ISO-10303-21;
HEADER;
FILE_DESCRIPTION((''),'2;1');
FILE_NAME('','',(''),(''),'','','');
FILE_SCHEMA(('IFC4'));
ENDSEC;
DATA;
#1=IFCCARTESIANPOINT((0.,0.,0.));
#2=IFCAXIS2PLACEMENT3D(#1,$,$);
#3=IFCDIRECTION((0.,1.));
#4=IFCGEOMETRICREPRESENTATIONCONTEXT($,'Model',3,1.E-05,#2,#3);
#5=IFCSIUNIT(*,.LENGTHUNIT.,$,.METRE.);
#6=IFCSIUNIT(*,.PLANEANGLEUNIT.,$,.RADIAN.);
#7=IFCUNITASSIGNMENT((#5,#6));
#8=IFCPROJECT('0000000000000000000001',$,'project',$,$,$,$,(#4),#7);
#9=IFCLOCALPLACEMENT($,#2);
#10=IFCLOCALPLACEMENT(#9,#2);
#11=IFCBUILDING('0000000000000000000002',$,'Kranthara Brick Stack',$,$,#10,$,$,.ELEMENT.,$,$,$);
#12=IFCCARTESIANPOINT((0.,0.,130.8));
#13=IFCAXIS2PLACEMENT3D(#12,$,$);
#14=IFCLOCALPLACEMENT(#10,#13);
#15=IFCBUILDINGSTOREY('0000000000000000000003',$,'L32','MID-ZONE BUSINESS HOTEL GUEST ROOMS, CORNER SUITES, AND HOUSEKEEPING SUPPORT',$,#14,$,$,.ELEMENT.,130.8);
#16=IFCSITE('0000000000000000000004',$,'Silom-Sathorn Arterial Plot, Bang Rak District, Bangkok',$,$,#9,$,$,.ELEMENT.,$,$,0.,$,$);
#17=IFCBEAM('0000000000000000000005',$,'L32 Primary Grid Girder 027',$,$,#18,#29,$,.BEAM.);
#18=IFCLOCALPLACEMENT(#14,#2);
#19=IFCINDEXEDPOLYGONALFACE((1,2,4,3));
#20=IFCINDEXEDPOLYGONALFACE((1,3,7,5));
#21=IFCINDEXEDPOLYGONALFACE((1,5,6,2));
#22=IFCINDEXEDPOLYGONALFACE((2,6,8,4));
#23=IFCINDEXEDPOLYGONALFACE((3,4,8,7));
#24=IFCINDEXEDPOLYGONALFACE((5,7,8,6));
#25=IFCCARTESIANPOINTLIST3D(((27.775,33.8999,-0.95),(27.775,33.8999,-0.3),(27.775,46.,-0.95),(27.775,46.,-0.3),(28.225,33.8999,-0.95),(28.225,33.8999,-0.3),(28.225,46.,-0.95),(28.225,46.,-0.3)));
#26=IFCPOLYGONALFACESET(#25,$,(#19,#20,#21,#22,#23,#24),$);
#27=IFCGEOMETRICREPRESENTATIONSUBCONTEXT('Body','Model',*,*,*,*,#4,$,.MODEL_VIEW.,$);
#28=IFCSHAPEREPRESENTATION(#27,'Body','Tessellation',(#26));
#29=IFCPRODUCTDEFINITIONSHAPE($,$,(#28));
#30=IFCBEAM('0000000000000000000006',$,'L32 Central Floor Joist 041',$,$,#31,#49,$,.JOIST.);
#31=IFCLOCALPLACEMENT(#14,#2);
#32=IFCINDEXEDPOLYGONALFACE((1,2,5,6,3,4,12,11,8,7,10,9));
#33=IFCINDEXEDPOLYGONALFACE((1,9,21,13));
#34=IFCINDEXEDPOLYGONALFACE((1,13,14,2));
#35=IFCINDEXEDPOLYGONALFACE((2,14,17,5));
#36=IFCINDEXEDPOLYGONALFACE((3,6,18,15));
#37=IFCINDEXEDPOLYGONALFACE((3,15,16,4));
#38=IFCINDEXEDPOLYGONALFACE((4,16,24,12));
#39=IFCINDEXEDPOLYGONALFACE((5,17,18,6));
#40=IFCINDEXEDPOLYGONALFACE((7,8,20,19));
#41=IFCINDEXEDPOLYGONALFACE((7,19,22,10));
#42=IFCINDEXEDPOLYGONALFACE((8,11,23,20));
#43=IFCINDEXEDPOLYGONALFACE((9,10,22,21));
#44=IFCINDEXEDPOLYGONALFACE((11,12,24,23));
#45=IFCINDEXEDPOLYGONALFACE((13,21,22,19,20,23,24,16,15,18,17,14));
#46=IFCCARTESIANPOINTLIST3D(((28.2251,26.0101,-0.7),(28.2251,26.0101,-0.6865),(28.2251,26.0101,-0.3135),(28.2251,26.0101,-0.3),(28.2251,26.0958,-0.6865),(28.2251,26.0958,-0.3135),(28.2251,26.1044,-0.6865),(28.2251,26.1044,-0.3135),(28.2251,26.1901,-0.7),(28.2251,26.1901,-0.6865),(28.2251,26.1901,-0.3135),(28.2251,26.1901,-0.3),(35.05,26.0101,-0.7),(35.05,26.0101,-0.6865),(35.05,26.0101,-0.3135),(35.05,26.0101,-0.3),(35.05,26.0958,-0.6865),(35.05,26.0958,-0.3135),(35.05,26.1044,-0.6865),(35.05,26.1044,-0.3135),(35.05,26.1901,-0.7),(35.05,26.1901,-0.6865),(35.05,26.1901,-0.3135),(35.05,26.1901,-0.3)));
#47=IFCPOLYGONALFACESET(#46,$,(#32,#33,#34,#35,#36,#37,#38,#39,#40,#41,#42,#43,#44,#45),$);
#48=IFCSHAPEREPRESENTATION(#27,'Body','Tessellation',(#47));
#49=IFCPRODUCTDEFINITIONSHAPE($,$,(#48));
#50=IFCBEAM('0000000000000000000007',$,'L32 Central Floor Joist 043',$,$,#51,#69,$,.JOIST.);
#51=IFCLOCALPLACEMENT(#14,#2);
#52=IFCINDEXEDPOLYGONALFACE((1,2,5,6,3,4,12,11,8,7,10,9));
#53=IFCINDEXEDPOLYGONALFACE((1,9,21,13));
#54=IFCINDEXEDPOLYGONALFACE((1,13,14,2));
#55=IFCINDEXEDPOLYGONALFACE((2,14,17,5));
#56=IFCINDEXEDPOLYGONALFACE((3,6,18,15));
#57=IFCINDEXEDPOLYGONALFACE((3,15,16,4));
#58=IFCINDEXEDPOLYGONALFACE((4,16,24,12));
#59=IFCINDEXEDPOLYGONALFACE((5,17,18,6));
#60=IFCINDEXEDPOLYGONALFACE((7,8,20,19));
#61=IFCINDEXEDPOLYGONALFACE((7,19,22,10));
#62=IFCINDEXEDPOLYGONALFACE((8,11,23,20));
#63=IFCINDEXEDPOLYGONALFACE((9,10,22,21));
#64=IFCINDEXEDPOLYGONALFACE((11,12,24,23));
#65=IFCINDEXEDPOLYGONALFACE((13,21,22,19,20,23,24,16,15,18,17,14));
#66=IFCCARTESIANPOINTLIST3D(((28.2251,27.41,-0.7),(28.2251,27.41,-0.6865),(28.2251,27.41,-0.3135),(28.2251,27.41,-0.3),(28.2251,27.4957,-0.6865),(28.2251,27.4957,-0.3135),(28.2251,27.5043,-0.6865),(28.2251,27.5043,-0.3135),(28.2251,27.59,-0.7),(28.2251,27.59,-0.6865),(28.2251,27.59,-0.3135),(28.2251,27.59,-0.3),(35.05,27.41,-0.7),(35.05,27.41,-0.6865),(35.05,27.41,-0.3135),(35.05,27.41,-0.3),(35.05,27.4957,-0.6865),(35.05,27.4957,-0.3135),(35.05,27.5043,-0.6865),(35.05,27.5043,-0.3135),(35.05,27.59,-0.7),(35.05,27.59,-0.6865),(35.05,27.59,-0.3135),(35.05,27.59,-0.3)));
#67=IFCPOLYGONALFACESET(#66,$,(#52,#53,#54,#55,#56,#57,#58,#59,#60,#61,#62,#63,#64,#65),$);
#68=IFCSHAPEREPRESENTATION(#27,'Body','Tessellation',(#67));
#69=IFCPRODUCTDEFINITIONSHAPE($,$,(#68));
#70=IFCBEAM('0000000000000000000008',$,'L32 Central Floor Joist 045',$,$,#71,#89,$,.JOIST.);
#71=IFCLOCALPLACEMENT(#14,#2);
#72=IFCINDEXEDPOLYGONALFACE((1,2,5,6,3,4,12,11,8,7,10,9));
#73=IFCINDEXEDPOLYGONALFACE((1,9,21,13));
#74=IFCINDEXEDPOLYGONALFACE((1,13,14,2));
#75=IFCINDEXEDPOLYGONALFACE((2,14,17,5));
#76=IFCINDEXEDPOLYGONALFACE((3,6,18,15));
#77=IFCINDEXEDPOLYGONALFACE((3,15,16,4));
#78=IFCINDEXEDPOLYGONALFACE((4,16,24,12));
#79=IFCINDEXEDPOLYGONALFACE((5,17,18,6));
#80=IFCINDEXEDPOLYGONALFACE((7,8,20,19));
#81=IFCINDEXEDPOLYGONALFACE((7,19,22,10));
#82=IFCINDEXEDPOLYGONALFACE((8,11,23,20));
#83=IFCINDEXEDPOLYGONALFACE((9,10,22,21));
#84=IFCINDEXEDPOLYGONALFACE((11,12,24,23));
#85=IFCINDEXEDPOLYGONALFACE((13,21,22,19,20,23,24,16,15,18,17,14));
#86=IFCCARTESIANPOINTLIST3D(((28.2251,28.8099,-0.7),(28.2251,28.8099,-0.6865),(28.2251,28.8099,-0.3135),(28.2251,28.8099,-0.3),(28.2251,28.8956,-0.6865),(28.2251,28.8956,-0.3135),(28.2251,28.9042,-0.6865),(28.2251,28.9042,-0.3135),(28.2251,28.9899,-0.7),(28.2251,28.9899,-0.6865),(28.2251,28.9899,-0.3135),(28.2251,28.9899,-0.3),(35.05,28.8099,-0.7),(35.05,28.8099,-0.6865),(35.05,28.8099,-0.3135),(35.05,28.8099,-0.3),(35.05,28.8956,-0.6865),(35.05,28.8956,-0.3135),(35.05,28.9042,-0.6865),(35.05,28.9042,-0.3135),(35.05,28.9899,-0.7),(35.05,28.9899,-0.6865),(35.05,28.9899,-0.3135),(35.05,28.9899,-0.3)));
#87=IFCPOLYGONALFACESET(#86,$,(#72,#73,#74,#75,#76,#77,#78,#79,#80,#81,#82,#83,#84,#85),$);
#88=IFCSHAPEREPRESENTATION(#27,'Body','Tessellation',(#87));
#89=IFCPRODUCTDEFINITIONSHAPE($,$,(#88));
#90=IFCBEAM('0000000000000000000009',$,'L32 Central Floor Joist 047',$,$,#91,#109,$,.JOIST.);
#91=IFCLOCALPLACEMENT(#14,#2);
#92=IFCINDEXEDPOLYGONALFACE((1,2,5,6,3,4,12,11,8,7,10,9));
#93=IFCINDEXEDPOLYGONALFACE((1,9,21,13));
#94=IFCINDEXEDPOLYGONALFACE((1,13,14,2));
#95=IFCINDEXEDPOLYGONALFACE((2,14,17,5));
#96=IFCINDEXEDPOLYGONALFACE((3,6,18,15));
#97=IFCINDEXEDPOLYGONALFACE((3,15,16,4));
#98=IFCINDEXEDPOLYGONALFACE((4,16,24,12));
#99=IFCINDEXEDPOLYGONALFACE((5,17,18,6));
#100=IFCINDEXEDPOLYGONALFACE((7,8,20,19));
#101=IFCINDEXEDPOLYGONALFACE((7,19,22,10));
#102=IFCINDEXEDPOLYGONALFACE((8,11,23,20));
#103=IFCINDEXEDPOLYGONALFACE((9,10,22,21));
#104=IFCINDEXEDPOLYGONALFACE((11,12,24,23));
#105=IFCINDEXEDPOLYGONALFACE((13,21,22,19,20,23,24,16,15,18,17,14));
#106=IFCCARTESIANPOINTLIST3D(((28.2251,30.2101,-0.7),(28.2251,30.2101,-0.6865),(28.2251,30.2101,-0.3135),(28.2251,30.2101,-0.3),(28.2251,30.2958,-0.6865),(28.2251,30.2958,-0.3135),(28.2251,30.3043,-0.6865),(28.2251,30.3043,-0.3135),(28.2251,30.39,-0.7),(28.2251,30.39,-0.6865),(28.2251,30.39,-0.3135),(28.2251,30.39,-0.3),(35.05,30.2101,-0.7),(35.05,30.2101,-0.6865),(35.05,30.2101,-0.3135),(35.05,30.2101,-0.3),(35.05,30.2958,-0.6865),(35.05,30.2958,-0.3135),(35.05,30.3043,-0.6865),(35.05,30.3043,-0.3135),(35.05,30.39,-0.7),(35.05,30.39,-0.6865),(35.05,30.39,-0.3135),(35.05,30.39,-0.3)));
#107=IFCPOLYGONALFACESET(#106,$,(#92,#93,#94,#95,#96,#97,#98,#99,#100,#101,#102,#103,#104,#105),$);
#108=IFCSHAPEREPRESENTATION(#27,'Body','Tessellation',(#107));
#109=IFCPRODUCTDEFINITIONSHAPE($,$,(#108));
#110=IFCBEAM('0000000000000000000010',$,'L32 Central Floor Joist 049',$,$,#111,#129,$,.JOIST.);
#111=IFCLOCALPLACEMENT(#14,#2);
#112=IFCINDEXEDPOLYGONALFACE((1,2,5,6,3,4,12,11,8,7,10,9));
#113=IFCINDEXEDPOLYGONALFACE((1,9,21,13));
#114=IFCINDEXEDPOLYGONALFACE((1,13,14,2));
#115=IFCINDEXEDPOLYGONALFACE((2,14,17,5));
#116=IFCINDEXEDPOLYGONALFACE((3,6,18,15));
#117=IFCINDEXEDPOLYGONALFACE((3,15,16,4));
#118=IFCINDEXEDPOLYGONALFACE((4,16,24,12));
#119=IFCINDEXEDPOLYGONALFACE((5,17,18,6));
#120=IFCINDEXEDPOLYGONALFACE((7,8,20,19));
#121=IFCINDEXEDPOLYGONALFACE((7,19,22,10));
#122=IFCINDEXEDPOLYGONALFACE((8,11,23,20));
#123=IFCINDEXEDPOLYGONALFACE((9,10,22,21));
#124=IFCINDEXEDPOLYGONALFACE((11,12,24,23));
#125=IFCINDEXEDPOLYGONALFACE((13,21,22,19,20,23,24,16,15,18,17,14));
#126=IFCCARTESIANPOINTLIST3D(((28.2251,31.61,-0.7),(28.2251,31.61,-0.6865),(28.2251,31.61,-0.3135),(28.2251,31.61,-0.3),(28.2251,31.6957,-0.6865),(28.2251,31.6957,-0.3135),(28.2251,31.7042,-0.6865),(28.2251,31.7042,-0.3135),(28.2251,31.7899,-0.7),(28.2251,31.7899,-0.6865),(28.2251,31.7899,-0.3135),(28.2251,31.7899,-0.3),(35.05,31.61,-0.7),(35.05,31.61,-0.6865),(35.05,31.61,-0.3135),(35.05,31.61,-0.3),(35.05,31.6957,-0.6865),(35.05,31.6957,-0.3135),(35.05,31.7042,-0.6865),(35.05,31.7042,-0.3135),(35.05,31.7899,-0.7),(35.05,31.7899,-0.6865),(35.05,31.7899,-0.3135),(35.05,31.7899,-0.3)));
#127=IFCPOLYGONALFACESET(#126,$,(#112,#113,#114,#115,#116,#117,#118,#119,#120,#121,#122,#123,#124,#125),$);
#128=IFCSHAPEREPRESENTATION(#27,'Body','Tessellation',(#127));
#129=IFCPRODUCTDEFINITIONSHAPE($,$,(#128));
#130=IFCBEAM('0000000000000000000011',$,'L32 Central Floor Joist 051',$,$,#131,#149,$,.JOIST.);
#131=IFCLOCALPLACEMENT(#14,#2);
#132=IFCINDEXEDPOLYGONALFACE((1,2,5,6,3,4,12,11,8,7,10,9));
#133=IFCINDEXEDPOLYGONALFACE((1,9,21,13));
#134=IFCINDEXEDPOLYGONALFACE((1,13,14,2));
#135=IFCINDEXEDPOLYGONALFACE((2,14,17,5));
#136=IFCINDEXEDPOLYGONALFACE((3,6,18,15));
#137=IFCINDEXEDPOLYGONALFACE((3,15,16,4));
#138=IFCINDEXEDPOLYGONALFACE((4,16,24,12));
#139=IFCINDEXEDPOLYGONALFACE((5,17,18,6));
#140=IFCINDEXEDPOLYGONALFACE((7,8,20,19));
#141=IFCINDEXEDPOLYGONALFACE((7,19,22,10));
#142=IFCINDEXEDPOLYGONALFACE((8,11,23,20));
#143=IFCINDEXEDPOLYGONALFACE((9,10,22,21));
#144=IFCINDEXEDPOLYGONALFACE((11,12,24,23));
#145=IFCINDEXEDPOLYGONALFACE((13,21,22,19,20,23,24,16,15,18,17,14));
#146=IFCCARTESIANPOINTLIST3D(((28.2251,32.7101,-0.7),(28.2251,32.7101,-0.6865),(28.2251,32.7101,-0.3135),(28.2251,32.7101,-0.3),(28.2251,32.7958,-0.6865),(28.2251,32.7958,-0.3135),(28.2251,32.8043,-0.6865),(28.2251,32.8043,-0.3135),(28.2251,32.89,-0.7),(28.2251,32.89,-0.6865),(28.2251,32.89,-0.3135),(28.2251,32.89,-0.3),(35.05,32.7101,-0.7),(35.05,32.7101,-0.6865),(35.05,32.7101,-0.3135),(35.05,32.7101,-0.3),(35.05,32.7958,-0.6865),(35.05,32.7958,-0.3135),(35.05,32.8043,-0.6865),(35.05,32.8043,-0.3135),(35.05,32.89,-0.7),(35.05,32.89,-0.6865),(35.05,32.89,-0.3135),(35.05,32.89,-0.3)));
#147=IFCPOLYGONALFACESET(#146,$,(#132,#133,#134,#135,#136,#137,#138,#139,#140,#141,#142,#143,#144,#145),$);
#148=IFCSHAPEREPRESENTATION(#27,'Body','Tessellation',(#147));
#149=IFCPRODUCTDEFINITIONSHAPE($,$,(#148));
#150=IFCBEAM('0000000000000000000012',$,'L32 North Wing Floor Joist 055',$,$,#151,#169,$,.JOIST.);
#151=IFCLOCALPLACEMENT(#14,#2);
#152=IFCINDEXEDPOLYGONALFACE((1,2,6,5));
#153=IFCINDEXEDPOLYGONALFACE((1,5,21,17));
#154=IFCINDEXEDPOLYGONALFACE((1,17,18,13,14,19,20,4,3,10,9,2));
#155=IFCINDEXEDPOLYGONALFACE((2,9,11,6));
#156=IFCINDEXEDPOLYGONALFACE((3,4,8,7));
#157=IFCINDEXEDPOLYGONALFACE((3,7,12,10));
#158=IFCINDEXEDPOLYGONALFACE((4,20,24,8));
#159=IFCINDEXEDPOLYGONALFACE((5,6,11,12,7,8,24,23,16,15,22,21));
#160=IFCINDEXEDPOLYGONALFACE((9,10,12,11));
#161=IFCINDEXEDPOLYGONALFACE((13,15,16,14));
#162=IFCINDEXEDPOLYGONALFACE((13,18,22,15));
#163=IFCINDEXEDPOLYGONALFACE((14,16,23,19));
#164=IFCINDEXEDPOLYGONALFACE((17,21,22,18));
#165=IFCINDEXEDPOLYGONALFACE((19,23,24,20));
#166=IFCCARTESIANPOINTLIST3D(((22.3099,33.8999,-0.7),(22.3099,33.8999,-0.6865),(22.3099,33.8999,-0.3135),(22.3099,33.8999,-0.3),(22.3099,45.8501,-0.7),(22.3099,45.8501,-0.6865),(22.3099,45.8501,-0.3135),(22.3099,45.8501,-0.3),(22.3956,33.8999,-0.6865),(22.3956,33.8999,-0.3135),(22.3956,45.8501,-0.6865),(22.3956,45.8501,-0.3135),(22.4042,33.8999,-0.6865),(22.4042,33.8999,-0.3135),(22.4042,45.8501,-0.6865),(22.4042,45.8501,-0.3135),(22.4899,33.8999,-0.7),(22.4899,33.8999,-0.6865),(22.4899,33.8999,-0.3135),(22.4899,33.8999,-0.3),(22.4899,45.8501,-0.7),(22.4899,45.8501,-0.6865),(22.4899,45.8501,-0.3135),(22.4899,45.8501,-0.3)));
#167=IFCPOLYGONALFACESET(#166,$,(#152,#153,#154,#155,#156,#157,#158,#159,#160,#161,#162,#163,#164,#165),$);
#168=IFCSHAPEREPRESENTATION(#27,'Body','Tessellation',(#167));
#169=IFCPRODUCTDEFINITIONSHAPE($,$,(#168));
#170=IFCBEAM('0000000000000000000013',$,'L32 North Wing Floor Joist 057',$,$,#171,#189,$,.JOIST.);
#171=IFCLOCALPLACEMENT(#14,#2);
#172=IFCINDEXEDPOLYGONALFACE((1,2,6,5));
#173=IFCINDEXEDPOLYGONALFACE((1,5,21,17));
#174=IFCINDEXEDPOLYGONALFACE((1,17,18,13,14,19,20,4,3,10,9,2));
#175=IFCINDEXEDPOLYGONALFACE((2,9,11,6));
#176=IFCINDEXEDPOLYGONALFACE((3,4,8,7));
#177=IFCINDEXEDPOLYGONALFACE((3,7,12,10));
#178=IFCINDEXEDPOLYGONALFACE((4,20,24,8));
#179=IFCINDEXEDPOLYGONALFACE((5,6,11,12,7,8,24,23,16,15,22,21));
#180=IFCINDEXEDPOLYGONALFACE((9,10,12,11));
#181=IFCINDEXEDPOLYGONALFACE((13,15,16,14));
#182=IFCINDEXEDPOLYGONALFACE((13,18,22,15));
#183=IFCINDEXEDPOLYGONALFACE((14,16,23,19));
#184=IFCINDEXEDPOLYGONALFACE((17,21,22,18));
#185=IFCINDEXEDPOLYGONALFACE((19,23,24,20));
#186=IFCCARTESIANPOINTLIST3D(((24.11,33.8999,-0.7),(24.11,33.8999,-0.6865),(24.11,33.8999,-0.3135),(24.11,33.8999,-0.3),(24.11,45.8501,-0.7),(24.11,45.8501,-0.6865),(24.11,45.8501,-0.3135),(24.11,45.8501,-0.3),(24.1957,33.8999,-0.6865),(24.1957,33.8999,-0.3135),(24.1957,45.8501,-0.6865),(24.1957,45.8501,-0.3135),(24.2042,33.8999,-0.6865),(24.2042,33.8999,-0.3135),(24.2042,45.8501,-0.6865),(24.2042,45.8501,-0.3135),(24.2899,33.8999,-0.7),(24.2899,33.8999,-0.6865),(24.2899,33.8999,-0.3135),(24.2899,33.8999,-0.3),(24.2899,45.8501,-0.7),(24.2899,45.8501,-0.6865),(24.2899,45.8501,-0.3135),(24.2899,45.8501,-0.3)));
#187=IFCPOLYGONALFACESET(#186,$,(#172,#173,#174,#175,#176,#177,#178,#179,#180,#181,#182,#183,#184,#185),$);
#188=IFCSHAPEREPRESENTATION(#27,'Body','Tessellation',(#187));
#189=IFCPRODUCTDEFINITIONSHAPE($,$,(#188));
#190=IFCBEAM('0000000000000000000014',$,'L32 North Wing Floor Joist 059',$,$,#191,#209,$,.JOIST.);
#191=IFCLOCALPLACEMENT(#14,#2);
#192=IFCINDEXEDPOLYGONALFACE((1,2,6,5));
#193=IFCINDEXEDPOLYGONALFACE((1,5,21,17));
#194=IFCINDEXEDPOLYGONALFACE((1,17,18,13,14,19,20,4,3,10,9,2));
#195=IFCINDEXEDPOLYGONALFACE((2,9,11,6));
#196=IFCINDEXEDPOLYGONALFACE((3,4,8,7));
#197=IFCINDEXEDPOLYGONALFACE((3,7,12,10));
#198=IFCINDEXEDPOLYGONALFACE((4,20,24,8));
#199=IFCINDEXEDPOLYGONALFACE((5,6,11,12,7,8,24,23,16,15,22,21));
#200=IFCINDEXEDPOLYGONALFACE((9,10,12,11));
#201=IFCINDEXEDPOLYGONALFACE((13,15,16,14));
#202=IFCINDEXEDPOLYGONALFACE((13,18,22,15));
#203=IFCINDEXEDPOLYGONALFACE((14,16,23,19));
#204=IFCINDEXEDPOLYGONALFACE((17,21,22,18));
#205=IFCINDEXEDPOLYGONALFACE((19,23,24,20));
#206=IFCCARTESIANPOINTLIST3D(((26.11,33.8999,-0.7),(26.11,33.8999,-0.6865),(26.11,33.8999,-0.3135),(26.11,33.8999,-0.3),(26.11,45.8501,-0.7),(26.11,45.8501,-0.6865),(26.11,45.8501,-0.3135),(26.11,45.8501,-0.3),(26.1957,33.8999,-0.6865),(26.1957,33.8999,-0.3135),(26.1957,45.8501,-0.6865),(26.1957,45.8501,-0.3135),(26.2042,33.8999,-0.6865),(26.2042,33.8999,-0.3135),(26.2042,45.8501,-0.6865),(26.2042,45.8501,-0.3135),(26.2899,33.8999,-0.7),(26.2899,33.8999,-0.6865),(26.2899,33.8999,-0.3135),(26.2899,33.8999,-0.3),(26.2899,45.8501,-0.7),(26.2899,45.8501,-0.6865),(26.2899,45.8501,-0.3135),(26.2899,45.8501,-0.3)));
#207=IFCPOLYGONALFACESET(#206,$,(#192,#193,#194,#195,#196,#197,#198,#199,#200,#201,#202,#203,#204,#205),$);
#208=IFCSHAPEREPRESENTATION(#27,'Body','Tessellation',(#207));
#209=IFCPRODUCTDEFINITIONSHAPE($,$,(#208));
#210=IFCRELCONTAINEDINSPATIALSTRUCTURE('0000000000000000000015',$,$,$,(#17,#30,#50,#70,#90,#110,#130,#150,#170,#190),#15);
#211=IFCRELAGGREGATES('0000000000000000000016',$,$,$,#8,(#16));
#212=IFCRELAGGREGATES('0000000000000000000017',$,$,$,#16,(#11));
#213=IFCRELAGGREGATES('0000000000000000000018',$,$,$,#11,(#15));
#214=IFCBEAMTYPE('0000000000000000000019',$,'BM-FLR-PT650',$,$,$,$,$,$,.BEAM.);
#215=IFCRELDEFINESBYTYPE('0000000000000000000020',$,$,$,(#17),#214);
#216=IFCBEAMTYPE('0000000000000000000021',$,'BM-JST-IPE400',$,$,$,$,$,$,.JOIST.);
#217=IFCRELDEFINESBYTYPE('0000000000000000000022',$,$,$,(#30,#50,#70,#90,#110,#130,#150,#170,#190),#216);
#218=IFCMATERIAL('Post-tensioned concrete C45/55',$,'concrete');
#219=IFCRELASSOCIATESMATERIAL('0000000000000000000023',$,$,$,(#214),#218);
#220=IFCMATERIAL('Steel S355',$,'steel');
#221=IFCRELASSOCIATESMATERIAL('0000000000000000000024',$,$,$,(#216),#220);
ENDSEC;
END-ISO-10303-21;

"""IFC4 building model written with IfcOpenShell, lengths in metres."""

from ifc_helpers import new_model, si_unit, direction, frame, origin, origin_2d, place, context, subcontext, project, spatial, rectangle, i_section, extrude, material, material_profile, profile_set, type_object, element, save


model = new_model("IFC4")

# Units and contexts
model_context = context("Model", 3, precision=1e-05, world=origin(), true_north=direction((0.0, 1.0)))
body_context = subcontext(model_context, "Body", "Model", "MODEL_VIEW")
ifc_project = project(units=[si_unit("LENGTHUNIT", "METRE"), si_unit("PLANEANGLEUNIT", "RADIAN")], contexts=[model_context])

# Site, building, storey
site_placement = place(None, origin())
site = spatial("IfcSite", under=ifc_project, at=site_placement, Name="Silom-Sathorn Arterial Plot, Bang Rak District, Bangkok", CompositionType="ELEMENT", RefElevation=0.0)
building_placement = place(site_placement, origin())
building = spatial("IfcBuilding", under=site, at=building_placement, Name="Kranthara Brick Stack", CompositionType="ELEMENT")
storey_placement = place(building_placement, frame((0.0, 0.0, 130.8)))
storey = spatial("IfcBuildingStorey", under=building, at=storey_placement, Name="L32", Description="MID-ZONE BUSINESS HOTEL GUEST ROOMS, CORNER SUITES, AND HOUSEKEEPING SUPPORT", CompositionType="ELEMENT", Elevation=130.8)

# Beams
ifc_material_1 = material(Name="Post-tensioned concrete C45/55", Category="concrete")
ifc_material_profile_1 = material_profile(ifc_material_1, rectangle(XDim=0.45, YDim=0.6499, at=origin_2d()), Name="PT 450x650")
ifc_profile_set_1 = profile_set([ifc_material_profile_1], Name="Post-tensioned concrete C45/55")
beam_type_1 = type_object("IfcBeamType", Name="BM-FLR-PT650", PredefinedType="BEAM", material=ifc_profile_set_1)
beam_placement = place(storey_placement, frame((28.0, 33.8999, -0.625), z_axis=(0.0, 1.0, 0.0), x_axis=(-1.0, 0.0, 0.0)))
element("IfcBeam", 1, at=beam_placement, inside=storey, type_object=beam_type_1, Name="L32 Primary Grid Girder 027", PredefinedType="BEAM", context=body_context, shape_type="SweptSolid", body=[
    extrude(rectangle(XDim=0.45, YDim=0.6499, at=origin_2d()), origin(), (0.0, 0.0, 1.0), 12.1001),
])
ifc_material_2 = material(Name="Steel S355", Category="steel")
ifc_material_profile_2 = material_profile(ifc_material_2, i_section(OverallWidth=0.1799, OverallDepth=0.3999, WebThickness=0.0085, FlangeThickness=0.0134, at=origin_2d()), Name="IPE 400")
ifc_profile_set_2 = profile_set([ifc_material_profile_2], Name="Steel S355")
beam_type_2 = type_object("IfcBeamType", Name="BM-JST-IPE400", PredefinedType="JOIST", material=ifc_profile_set_2)
for number, where, z_axis, x_axis, name in (
    (2, (28.2251, 26.1001, -0.5), (1.0, 0.0, 0.0), (0.0, 1.0, 0.0), "L32 Central Floor Joist 041"),
    (3, (28.2251, 27.5, -0.5), (1.0, 0.0, 0.0), (0.0, 1.0, 0.0), "L32 Central Floor Joist 043"),
    (4, (28.2251, 28.8999, -0.5), (1.0, 0.0, 0.0), (0.0, 1.0, 0.0), "L32 Central Floor Joist 045"),
    (5, (28.2251, 30.3, -0.5), (1.0, 0.0, 0.0), (0.0, 1.0, 0.0), "L32 Central Floor Joist 047"),
    (6, (28.2251, 31.7, -0.5), (1.0, 0.0, 0.0), (0.0, 1.0, 0.0), "L32 Central Floor Joist 049"),
    (7, (28.2251, 32.8, -0.5), (1.0, 0.0, 0.0), (0.0, 1.0, 0.0), "L32 Central Floor Joist 051"),
):
    element("IfcBeam", number, at=place(storey_placement, frame(where, z_axis=z_axis, x_axis=x_axis)), inside=storey, type_object=beam_type_2, Name=name, PredefinedType="JOIST", context=body_context, shape_type="SweptSolid", body=[
        extrude(i_section(OverallWidth=0.1799, OverallDepth=0.3999, WebThickness=0.0085, FlangeThickness=0.0134, at=origin_2d()), origin(), (0.0, 0.0, 1.0), 6.825),
    ])
for number, where, z_axis, x_axis, name in (
    (8, (22.3999, 33.8999, -0.5), (0.0, 1.0, 0.0), (-1.0, 0.0, 0.0), "L32 North Wing Floor Joist 055"),
    (9, (24.2, 33.8999, -0.5), (0.0, 1.0, 0.0), (-1.0, 0.0, 0.0), "L32 North Wing Floor Joist 057"),
    (10, (26.2, 33.8999, -0.5), (0.0, 1.0, 0.0), (-1.0, 0.0, 0.0), "L32 North Wing Floor Joist 059"),
):
    element("IfcBeam", number, at=place(storey_placement, frame(where, z_axis=z_axis, x_axis=x_axis)), inside=storey, type_object=beam_type_2, Name=name, PredefinedType="JOIST", context=body_context, shape_type="SweptSolid", body=[
        extrude(i_section(OverallWidth=0.1799, OverallDepth=0.3999, WebThickness=0.0085, FlangeThickness=0.0134, at=origin_2d()), origin(), (0.0, 0.0, 1.0), 11.9502),
    ])

save(model, "model.ifc")
